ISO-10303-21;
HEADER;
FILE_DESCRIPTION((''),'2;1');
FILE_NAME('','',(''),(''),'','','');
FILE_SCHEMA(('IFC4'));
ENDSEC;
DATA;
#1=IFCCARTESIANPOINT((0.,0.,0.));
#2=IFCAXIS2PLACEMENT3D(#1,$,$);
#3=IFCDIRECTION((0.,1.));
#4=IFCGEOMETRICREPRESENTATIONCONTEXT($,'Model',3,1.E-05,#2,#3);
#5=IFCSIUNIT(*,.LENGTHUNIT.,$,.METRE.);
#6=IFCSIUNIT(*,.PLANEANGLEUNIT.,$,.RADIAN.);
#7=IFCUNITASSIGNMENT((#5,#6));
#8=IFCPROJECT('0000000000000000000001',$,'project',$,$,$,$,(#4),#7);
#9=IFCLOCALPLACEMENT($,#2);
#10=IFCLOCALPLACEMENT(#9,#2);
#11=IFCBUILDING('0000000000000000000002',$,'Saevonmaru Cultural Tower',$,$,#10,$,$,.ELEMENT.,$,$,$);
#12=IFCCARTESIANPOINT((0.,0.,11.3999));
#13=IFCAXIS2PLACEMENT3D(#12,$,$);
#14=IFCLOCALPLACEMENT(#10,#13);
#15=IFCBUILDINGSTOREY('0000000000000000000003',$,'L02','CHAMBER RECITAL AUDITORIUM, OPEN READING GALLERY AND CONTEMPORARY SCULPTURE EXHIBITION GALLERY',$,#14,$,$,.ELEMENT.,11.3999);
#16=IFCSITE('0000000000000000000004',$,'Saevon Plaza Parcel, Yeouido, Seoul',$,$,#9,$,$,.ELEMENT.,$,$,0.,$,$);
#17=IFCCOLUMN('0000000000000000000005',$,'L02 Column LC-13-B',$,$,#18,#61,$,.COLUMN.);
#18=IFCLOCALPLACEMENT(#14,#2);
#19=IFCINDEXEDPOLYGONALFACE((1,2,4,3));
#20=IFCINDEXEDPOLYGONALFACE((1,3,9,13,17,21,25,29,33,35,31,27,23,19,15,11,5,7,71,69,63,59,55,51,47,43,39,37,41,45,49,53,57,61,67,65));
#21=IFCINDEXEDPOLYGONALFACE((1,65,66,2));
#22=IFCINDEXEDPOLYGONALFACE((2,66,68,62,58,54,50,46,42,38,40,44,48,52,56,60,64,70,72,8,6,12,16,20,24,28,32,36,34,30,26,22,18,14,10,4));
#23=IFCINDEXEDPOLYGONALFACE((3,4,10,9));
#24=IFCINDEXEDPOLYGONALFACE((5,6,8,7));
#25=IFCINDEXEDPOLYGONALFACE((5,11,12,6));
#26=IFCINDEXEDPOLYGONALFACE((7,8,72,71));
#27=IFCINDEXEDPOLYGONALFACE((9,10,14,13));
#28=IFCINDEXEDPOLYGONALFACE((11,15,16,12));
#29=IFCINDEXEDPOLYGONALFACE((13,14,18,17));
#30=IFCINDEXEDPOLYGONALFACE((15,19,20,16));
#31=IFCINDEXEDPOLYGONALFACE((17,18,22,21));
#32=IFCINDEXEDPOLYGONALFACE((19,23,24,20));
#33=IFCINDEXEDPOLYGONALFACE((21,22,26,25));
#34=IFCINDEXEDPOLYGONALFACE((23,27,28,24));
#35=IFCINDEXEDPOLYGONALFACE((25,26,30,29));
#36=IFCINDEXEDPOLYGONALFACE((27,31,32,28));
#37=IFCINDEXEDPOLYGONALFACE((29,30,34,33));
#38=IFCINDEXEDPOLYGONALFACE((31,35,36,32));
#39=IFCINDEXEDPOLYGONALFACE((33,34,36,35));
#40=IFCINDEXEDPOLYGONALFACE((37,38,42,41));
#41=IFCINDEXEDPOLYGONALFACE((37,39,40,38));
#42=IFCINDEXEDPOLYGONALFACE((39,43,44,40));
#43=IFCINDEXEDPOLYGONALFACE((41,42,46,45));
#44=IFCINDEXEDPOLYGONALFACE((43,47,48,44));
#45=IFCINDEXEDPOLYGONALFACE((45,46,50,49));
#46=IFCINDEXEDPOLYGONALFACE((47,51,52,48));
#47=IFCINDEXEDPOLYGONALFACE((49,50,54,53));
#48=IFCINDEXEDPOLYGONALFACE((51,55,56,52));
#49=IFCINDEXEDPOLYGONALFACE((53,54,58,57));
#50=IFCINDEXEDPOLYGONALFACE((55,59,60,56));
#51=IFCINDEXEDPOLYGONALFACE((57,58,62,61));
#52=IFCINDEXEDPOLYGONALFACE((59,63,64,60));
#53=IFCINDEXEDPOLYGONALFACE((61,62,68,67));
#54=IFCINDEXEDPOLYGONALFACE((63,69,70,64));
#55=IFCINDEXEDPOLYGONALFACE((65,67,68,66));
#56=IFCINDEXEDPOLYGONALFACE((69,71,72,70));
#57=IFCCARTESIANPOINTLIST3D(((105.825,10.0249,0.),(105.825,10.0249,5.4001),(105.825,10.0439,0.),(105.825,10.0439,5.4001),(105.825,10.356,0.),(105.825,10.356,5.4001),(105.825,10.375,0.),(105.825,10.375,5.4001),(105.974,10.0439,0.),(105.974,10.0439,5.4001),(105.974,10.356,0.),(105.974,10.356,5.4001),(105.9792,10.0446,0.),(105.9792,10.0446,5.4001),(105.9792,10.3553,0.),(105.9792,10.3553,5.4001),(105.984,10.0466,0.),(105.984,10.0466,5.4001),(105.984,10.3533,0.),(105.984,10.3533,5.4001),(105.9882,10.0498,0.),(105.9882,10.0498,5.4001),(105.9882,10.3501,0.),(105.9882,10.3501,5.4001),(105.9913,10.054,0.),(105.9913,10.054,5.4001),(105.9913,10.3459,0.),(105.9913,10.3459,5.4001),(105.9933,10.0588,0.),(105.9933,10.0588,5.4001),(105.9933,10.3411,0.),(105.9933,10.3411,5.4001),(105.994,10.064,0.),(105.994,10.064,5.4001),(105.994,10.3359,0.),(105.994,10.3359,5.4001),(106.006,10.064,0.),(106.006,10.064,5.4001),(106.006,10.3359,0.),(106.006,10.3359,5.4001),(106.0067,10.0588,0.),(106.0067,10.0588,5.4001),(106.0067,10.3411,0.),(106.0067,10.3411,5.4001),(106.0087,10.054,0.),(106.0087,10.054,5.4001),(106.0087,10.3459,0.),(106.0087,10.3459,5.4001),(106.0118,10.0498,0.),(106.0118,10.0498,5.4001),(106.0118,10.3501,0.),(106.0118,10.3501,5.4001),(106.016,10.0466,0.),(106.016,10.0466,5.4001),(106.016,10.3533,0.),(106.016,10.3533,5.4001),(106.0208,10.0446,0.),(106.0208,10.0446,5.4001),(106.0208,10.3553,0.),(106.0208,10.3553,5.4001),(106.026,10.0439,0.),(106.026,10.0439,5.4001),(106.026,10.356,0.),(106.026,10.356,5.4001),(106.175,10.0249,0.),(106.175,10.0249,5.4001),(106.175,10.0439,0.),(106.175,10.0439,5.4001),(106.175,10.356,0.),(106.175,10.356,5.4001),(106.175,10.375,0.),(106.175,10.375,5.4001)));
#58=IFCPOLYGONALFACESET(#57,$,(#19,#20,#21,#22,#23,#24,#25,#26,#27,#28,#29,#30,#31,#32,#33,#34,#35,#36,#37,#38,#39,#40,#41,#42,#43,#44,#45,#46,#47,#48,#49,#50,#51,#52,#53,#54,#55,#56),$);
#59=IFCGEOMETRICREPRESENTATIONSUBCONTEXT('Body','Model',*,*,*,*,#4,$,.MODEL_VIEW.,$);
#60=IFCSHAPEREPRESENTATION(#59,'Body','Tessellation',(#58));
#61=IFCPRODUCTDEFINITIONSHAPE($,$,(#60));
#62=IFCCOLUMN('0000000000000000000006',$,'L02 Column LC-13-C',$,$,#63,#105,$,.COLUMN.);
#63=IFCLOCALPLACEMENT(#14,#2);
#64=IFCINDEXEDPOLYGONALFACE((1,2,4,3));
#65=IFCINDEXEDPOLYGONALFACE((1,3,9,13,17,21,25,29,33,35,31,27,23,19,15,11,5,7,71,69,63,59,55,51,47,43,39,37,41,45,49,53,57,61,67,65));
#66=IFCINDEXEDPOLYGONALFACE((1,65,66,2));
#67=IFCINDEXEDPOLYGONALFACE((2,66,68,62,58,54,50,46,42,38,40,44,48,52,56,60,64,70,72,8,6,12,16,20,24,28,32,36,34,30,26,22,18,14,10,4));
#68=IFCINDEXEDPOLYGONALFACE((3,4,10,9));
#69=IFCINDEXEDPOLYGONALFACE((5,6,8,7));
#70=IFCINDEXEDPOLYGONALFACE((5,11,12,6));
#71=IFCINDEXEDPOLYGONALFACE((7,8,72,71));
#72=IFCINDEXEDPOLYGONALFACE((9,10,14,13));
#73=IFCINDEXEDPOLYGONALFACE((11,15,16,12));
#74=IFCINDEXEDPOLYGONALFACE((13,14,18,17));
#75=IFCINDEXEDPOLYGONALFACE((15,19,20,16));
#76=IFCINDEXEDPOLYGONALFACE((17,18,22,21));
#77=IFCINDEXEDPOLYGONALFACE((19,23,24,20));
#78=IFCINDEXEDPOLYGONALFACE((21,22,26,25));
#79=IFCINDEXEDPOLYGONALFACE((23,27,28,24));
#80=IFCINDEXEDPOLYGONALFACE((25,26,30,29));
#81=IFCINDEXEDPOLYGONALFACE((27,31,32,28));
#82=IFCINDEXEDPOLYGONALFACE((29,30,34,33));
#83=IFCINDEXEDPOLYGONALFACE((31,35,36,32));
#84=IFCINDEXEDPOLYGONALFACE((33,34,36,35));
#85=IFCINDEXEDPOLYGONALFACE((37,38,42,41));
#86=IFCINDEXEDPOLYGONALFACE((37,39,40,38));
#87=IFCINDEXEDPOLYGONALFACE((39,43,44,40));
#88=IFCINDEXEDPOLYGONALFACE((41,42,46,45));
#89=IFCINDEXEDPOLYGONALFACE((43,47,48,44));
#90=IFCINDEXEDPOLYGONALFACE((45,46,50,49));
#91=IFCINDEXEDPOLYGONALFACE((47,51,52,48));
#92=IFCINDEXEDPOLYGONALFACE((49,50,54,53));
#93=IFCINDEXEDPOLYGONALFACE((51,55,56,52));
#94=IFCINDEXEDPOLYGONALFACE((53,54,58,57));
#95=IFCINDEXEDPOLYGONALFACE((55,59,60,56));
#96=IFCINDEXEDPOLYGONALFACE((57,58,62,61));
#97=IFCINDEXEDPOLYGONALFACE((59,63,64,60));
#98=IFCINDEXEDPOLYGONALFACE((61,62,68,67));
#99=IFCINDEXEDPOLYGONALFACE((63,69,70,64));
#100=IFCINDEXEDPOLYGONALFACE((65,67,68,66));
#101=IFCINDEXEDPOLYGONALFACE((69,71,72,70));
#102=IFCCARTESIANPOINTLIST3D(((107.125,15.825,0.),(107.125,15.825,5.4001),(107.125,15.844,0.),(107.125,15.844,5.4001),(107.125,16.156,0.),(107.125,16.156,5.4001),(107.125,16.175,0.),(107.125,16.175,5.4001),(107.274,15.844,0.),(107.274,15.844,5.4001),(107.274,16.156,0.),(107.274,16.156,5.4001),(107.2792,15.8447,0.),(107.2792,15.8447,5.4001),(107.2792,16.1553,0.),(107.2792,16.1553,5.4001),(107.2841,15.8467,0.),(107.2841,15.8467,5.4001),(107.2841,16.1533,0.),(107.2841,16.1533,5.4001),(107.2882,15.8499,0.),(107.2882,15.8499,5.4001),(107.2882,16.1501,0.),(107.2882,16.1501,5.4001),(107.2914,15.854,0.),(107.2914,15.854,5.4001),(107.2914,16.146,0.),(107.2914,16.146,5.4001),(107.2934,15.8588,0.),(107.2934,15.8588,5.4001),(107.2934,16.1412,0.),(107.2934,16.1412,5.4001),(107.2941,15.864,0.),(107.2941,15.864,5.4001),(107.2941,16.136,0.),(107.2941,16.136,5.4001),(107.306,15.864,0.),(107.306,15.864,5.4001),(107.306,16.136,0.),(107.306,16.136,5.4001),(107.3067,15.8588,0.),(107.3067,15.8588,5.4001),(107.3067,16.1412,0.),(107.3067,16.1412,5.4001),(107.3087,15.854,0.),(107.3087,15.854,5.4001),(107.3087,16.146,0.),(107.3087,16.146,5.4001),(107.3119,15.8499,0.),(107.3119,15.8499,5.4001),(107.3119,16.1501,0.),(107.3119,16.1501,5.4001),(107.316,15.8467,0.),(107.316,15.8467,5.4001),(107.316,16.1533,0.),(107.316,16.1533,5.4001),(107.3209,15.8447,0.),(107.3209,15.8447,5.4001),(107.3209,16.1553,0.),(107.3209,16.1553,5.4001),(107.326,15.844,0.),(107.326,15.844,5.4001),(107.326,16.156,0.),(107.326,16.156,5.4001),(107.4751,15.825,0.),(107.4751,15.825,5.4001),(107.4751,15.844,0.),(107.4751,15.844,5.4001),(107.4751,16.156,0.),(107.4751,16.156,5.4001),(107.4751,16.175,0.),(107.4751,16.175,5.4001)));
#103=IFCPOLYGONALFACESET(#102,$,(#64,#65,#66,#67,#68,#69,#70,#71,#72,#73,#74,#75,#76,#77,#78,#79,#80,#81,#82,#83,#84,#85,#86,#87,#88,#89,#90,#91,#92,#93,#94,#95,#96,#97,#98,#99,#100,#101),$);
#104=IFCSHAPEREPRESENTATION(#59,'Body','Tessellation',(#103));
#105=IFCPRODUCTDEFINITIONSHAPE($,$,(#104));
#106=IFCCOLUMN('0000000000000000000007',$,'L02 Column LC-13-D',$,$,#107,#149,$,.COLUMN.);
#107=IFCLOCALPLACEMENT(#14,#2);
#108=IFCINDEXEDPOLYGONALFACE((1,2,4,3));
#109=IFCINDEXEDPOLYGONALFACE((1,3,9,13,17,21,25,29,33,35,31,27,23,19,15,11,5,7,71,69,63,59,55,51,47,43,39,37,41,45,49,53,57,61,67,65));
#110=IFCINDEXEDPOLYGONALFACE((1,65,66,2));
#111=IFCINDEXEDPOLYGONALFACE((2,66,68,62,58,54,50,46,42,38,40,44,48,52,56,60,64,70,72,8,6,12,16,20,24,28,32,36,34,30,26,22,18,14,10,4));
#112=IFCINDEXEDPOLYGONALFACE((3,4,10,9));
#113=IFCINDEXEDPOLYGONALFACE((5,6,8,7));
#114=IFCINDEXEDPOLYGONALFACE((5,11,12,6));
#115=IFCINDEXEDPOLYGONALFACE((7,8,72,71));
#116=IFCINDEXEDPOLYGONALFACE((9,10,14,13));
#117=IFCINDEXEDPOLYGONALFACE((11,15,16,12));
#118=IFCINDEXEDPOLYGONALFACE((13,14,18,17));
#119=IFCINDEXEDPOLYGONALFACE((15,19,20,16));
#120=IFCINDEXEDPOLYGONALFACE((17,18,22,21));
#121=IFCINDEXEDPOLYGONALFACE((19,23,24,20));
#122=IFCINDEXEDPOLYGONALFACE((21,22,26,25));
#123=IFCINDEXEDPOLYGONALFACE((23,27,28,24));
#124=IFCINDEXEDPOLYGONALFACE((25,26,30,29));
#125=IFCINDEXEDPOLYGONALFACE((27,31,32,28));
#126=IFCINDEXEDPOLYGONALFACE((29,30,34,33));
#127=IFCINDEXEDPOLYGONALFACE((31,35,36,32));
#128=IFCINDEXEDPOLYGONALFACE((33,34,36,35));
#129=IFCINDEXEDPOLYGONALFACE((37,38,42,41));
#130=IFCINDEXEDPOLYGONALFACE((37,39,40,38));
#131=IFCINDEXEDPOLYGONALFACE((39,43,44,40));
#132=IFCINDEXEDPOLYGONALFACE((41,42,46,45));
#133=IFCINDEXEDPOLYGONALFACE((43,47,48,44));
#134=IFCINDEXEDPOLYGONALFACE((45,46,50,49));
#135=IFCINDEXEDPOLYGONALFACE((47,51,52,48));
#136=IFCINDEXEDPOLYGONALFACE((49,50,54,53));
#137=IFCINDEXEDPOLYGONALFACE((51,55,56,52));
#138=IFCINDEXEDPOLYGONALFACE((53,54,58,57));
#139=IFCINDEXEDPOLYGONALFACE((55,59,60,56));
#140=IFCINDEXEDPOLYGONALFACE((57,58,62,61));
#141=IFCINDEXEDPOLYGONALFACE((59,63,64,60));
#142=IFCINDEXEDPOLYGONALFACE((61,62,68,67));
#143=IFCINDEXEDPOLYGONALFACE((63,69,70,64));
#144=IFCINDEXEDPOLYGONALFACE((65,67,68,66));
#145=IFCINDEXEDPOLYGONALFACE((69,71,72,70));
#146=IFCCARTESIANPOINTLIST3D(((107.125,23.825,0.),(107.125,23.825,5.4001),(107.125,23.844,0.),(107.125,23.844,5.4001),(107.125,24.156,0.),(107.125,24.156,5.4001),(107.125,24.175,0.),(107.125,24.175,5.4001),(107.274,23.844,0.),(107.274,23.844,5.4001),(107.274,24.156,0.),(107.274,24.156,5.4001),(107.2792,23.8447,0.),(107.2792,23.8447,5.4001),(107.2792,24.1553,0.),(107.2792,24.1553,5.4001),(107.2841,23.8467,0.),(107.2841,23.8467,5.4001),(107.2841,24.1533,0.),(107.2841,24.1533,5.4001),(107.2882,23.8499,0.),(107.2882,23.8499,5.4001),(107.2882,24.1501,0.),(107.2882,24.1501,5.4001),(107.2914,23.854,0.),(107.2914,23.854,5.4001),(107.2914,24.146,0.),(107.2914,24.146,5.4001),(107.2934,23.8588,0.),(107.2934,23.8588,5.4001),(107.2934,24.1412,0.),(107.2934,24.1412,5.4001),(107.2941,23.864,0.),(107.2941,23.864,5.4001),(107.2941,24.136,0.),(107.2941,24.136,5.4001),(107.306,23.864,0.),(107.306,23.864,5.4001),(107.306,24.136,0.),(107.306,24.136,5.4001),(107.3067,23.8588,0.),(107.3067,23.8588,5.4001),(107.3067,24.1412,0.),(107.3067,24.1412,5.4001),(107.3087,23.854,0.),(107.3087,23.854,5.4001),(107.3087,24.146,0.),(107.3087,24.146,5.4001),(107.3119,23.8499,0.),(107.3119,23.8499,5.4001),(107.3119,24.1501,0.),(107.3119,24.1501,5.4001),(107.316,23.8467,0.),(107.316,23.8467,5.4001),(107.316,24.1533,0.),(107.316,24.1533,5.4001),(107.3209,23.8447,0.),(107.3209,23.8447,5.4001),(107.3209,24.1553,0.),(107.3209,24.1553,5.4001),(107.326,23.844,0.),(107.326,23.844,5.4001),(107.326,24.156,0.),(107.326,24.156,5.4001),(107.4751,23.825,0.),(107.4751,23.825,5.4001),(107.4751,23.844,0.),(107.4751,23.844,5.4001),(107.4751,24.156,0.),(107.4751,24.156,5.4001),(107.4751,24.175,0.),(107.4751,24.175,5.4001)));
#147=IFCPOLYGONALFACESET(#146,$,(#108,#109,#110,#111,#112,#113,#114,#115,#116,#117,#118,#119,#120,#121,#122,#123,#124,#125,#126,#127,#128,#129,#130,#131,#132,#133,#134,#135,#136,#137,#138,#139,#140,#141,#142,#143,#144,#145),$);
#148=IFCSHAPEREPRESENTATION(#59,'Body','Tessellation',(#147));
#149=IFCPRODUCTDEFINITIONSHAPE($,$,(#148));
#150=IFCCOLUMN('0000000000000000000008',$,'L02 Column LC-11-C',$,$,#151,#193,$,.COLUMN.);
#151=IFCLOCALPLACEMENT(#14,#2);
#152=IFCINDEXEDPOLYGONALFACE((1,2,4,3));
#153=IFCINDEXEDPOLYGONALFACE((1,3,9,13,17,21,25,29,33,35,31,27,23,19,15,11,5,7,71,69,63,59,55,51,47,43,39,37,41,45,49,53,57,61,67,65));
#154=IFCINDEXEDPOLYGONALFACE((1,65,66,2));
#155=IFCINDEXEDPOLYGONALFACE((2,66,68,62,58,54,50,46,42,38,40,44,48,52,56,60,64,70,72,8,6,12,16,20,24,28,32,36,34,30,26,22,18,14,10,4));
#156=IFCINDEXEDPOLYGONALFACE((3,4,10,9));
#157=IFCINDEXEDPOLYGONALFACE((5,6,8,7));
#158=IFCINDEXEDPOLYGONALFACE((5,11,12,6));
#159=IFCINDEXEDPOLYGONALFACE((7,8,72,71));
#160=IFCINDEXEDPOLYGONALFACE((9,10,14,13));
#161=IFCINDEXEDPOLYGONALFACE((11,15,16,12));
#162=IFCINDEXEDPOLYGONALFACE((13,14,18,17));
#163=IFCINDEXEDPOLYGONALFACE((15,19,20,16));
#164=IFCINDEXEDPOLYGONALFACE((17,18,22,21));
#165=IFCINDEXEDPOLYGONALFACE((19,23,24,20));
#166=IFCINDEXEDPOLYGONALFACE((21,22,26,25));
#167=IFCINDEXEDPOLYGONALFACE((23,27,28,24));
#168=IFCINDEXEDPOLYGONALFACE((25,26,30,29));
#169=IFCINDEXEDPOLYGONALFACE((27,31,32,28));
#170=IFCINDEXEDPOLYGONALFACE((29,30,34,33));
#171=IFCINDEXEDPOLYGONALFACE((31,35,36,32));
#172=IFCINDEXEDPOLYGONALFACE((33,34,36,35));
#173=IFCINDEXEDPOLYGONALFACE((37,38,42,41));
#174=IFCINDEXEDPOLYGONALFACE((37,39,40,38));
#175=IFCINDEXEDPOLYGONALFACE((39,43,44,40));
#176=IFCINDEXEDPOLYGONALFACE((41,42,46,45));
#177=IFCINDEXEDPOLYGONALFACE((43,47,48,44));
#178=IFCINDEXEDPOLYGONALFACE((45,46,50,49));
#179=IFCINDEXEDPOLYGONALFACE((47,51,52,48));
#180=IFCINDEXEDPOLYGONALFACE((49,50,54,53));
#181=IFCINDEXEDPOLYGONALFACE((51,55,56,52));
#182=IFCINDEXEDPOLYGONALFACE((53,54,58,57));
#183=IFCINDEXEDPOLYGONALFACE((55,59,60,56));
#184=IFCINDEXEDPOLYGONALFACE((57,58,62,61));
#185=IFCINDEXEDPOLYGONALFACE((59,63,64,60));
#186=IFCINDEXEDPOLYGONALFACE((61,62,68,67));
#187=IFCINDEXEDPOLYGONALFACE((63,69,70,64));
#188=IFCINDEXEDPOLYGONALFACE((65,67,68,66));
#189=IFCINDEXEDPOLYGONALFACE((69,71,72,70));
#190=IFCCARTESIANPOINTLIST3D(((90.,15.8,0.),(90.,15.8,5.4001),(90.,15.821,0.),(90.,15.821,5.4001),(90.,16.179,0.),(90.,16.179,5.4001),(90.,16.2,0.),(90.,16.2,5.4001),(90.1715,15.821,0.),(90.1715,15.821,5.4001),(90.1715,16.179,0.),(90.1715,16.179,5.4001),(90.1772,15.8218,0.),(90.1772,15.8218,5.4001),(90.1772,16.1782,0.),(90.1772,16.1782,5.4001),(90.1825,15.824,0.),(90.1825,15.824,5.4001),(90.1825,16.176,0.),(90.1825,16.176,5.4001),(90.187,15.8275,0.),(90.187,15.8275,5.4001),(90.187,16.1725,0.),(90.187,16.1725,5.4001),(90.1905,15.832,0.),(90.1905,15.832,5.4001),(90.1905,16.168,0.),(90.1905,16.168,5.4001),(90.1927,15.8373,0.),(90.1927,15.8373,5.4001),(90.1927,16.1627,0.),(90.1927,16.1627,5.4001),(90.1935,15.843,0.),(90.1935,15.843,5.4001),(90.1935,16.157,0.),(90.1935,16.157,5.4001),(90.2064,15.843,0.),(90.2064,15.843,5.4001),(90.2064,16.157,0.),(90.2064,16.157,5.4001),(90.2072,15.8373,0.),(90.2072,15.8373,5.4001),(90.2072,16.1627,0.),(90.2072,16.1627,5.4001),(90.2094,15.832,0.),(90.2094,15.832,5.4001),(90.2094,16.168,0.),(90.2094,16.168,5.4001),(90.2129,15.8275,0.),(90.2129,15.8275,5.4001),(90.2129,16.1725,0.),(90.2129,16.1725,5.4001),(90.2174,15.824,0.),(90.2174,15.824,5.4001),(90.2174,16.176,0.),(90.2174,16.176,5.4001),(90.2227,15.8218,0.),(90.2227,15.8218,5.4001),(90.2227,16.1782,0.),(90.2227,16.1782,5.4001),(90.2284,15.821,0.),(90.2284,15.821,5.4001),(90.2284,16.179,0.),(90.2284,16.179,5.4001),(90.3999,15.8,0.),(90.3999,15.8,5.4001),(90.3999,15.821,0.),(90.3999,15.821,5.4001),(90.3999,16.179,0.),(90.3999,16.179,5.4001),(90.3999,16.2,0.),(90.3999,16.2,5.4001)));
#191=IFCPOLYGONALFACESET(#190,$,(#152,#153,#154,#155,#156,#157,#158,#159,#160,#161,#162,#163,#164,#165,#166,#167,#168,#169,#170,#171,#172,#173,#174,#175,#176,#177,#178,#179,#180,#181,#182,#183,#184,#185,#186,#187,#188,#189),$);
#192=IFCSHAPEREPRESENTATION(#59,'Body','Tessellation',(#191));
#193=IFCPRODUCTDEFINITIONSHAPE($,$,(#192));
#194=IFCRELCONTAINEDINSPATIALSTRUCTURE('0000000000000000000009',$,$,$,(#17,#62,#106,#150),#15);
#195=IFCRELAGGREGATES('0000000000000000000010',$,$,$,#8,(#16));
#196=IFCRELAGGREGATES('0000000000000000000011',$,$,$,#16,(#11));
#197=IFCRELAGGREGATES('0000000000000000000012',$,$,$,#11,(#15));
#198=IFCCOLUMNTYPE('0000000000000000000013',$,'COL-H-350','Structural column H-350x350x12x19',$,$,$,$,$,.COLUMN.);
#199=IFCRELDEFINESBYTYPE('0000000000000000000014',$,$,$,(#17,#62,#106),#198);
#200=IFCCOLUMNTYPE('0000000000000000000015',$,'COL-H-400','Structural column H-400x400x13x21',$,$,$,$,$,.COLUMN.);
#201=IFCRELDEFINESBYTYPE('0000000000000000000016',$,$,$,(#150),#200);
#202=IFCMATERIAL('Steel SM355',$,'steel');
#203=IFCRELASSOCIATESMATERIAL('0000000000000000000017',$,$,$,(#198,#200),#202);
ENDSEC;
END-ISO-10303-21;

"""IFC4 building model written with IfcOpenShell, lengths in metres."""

from ifc_helpers import new_model, si_unit, direction, frame, origin, origin_2d, place, context, subcontext, project, spatial, i_section, extrude, material, material_profile, profile_set, type_object, element, save


model = new_model("IFC4")

# Units and contexts
model_context = context("Model", 3, precision=1e-05, world=origin(), true_north=direction((0.0, 1.0)))
body_context = subcontext(model_context, "Body", "Model", "MODEL_VIEW")
ifc_project = project(units=[si_unit("LENGTHUNIT", "METRE"), si_unit("PLANEANGLEUNIT", "RADIAN")], contexts=[model_context])

# Site, building, storey
site_placement = place(None, origin())
site = spatial("IfcSite", under=ifc_project, at=site_placement, Name="Saevon Plaza Parcel, Yeouido, Seoul", CompositionType="ELEMENT", RefElevation=0.0)
building_placement = place(site_placement, origin())
building = spatial("IfcBuilding", under=site, at=building_placement, Name="Saevonmaru Cultural Tower", CompositionType="ELEMENT")
storey_placement = place(building_placement, frame((0.0, 0.0, 11.3999)))
storey = spatial("IfcBuildingStorey", under=building, at=storey_placement, Name="L02", Description="CHAMBER RECITAL AUDITORIUM, OPEN READING GALLERY AND CONTEMPORARY SCULPTURE EXHIBITION GALLERY", CompositionType="ELEMENT", Elevation=11.3999)

# Columns
ifc_material_1 = material(Name="Steel SM355", Category="steel")
ifc_material_profile_1 = material_profile(ifc_material_1, i_section(OverallWidth=0.3501, OverallDepth=0.3501, WebThickness=0.012, FlangeThickness=0.019, FilletRadius=0.02, at=origin_2d()), Name="H-350x350x12x19")
ifc_profile_set_1 = profile_set([ifc_material_profile_1], Name="Steel SM355")
column_type_1 = type_object("IfcColumnType", Name="COL-H-350", Description="Structural column H-350x350x12x19", PredefinedType="COLUMN", material=ifc_profile_set_1)
for number, where, z_axis, x_axis, name in (
    (1, (106.0, 10.2, 0.0), (0.0, 0.0, 1.0), (1.0, 0.0, 0.0), "L02 Column LC-13-B"),
    (2, (107.3, 16.0, 0.0), (0.0, 0.0, 1.0), (1.0, 0.0, 0.0), "L02 Column LC-13-C"),
    (3, (107.3, 24.0, 0.0), (0.0, 0.0, 1.0), (1.0, 0.0, 0.0), "L02 Column LC-13-D"),
):
    element("IfcColumn", number, at=place(storey_placement, frame(where, z_axis=z_axis, x_axis=x_axis)), inside=storey, type_object=column_type_1, Name=name, PredefinedType="COLUMN", context=body_context, shape_type="SweptSolid", body=[
        extrude(i_section(OverallWidth=0.3501, OverallDepth=0.3501, WebThickness=0.012, FlangeThickness=0.019, FilletRadius=0.02, at=origin_2d()), origin(), (0.0, 0.0, 1.0), 5.4001),
    ])
ifc_material_profile_2 = material_profile(ifc_material_1, i_section(OverallWidth=0.3999, OverallDepth=0.3999, WebThickness=0.0129, FlangeThickness=0.021, FilletRadius=0.022, at=origin_2d()), Name="H-400x400x13x21")
ifc_profile_set_2 = profile_set([ifc_material_profile_2], Name="Steel SM355")
column_type_2 = type_object("IfcColumnType", Name="COL-H-400", Description="Structural column H-400x400x13x21", PredefinedType="COLUMN", material=ifc_profile_set_2)
for number, where, z_axis, x_axis, name in (
    (4, (90.2, 16.0, 0.0), (0.0, 0.0, 1.0), (1.0, 0.0, 0.0), "L02 Column LC-11-C"),
):
    element("IfcColumn", number, at=place(storey_placement, frame(where, z_axis=z_axis, x_axis=x_axis)), inside=storey, type_object=column_type_2, Name=name, PredefinedType="COLUMN", context=body_context, shape_type="SweptSolid", body=[
        extrude(i_section(OverallWidth=0.3999, OverallDepth=0.3999, WebThickness=0.0129, FlangeThickness=0.021, FilletRadius=0.022, at=origin_2d()), origin(), (0.0, 0.0, 1.0), 5.4001),
    ])

save(model, "model.ifc")
